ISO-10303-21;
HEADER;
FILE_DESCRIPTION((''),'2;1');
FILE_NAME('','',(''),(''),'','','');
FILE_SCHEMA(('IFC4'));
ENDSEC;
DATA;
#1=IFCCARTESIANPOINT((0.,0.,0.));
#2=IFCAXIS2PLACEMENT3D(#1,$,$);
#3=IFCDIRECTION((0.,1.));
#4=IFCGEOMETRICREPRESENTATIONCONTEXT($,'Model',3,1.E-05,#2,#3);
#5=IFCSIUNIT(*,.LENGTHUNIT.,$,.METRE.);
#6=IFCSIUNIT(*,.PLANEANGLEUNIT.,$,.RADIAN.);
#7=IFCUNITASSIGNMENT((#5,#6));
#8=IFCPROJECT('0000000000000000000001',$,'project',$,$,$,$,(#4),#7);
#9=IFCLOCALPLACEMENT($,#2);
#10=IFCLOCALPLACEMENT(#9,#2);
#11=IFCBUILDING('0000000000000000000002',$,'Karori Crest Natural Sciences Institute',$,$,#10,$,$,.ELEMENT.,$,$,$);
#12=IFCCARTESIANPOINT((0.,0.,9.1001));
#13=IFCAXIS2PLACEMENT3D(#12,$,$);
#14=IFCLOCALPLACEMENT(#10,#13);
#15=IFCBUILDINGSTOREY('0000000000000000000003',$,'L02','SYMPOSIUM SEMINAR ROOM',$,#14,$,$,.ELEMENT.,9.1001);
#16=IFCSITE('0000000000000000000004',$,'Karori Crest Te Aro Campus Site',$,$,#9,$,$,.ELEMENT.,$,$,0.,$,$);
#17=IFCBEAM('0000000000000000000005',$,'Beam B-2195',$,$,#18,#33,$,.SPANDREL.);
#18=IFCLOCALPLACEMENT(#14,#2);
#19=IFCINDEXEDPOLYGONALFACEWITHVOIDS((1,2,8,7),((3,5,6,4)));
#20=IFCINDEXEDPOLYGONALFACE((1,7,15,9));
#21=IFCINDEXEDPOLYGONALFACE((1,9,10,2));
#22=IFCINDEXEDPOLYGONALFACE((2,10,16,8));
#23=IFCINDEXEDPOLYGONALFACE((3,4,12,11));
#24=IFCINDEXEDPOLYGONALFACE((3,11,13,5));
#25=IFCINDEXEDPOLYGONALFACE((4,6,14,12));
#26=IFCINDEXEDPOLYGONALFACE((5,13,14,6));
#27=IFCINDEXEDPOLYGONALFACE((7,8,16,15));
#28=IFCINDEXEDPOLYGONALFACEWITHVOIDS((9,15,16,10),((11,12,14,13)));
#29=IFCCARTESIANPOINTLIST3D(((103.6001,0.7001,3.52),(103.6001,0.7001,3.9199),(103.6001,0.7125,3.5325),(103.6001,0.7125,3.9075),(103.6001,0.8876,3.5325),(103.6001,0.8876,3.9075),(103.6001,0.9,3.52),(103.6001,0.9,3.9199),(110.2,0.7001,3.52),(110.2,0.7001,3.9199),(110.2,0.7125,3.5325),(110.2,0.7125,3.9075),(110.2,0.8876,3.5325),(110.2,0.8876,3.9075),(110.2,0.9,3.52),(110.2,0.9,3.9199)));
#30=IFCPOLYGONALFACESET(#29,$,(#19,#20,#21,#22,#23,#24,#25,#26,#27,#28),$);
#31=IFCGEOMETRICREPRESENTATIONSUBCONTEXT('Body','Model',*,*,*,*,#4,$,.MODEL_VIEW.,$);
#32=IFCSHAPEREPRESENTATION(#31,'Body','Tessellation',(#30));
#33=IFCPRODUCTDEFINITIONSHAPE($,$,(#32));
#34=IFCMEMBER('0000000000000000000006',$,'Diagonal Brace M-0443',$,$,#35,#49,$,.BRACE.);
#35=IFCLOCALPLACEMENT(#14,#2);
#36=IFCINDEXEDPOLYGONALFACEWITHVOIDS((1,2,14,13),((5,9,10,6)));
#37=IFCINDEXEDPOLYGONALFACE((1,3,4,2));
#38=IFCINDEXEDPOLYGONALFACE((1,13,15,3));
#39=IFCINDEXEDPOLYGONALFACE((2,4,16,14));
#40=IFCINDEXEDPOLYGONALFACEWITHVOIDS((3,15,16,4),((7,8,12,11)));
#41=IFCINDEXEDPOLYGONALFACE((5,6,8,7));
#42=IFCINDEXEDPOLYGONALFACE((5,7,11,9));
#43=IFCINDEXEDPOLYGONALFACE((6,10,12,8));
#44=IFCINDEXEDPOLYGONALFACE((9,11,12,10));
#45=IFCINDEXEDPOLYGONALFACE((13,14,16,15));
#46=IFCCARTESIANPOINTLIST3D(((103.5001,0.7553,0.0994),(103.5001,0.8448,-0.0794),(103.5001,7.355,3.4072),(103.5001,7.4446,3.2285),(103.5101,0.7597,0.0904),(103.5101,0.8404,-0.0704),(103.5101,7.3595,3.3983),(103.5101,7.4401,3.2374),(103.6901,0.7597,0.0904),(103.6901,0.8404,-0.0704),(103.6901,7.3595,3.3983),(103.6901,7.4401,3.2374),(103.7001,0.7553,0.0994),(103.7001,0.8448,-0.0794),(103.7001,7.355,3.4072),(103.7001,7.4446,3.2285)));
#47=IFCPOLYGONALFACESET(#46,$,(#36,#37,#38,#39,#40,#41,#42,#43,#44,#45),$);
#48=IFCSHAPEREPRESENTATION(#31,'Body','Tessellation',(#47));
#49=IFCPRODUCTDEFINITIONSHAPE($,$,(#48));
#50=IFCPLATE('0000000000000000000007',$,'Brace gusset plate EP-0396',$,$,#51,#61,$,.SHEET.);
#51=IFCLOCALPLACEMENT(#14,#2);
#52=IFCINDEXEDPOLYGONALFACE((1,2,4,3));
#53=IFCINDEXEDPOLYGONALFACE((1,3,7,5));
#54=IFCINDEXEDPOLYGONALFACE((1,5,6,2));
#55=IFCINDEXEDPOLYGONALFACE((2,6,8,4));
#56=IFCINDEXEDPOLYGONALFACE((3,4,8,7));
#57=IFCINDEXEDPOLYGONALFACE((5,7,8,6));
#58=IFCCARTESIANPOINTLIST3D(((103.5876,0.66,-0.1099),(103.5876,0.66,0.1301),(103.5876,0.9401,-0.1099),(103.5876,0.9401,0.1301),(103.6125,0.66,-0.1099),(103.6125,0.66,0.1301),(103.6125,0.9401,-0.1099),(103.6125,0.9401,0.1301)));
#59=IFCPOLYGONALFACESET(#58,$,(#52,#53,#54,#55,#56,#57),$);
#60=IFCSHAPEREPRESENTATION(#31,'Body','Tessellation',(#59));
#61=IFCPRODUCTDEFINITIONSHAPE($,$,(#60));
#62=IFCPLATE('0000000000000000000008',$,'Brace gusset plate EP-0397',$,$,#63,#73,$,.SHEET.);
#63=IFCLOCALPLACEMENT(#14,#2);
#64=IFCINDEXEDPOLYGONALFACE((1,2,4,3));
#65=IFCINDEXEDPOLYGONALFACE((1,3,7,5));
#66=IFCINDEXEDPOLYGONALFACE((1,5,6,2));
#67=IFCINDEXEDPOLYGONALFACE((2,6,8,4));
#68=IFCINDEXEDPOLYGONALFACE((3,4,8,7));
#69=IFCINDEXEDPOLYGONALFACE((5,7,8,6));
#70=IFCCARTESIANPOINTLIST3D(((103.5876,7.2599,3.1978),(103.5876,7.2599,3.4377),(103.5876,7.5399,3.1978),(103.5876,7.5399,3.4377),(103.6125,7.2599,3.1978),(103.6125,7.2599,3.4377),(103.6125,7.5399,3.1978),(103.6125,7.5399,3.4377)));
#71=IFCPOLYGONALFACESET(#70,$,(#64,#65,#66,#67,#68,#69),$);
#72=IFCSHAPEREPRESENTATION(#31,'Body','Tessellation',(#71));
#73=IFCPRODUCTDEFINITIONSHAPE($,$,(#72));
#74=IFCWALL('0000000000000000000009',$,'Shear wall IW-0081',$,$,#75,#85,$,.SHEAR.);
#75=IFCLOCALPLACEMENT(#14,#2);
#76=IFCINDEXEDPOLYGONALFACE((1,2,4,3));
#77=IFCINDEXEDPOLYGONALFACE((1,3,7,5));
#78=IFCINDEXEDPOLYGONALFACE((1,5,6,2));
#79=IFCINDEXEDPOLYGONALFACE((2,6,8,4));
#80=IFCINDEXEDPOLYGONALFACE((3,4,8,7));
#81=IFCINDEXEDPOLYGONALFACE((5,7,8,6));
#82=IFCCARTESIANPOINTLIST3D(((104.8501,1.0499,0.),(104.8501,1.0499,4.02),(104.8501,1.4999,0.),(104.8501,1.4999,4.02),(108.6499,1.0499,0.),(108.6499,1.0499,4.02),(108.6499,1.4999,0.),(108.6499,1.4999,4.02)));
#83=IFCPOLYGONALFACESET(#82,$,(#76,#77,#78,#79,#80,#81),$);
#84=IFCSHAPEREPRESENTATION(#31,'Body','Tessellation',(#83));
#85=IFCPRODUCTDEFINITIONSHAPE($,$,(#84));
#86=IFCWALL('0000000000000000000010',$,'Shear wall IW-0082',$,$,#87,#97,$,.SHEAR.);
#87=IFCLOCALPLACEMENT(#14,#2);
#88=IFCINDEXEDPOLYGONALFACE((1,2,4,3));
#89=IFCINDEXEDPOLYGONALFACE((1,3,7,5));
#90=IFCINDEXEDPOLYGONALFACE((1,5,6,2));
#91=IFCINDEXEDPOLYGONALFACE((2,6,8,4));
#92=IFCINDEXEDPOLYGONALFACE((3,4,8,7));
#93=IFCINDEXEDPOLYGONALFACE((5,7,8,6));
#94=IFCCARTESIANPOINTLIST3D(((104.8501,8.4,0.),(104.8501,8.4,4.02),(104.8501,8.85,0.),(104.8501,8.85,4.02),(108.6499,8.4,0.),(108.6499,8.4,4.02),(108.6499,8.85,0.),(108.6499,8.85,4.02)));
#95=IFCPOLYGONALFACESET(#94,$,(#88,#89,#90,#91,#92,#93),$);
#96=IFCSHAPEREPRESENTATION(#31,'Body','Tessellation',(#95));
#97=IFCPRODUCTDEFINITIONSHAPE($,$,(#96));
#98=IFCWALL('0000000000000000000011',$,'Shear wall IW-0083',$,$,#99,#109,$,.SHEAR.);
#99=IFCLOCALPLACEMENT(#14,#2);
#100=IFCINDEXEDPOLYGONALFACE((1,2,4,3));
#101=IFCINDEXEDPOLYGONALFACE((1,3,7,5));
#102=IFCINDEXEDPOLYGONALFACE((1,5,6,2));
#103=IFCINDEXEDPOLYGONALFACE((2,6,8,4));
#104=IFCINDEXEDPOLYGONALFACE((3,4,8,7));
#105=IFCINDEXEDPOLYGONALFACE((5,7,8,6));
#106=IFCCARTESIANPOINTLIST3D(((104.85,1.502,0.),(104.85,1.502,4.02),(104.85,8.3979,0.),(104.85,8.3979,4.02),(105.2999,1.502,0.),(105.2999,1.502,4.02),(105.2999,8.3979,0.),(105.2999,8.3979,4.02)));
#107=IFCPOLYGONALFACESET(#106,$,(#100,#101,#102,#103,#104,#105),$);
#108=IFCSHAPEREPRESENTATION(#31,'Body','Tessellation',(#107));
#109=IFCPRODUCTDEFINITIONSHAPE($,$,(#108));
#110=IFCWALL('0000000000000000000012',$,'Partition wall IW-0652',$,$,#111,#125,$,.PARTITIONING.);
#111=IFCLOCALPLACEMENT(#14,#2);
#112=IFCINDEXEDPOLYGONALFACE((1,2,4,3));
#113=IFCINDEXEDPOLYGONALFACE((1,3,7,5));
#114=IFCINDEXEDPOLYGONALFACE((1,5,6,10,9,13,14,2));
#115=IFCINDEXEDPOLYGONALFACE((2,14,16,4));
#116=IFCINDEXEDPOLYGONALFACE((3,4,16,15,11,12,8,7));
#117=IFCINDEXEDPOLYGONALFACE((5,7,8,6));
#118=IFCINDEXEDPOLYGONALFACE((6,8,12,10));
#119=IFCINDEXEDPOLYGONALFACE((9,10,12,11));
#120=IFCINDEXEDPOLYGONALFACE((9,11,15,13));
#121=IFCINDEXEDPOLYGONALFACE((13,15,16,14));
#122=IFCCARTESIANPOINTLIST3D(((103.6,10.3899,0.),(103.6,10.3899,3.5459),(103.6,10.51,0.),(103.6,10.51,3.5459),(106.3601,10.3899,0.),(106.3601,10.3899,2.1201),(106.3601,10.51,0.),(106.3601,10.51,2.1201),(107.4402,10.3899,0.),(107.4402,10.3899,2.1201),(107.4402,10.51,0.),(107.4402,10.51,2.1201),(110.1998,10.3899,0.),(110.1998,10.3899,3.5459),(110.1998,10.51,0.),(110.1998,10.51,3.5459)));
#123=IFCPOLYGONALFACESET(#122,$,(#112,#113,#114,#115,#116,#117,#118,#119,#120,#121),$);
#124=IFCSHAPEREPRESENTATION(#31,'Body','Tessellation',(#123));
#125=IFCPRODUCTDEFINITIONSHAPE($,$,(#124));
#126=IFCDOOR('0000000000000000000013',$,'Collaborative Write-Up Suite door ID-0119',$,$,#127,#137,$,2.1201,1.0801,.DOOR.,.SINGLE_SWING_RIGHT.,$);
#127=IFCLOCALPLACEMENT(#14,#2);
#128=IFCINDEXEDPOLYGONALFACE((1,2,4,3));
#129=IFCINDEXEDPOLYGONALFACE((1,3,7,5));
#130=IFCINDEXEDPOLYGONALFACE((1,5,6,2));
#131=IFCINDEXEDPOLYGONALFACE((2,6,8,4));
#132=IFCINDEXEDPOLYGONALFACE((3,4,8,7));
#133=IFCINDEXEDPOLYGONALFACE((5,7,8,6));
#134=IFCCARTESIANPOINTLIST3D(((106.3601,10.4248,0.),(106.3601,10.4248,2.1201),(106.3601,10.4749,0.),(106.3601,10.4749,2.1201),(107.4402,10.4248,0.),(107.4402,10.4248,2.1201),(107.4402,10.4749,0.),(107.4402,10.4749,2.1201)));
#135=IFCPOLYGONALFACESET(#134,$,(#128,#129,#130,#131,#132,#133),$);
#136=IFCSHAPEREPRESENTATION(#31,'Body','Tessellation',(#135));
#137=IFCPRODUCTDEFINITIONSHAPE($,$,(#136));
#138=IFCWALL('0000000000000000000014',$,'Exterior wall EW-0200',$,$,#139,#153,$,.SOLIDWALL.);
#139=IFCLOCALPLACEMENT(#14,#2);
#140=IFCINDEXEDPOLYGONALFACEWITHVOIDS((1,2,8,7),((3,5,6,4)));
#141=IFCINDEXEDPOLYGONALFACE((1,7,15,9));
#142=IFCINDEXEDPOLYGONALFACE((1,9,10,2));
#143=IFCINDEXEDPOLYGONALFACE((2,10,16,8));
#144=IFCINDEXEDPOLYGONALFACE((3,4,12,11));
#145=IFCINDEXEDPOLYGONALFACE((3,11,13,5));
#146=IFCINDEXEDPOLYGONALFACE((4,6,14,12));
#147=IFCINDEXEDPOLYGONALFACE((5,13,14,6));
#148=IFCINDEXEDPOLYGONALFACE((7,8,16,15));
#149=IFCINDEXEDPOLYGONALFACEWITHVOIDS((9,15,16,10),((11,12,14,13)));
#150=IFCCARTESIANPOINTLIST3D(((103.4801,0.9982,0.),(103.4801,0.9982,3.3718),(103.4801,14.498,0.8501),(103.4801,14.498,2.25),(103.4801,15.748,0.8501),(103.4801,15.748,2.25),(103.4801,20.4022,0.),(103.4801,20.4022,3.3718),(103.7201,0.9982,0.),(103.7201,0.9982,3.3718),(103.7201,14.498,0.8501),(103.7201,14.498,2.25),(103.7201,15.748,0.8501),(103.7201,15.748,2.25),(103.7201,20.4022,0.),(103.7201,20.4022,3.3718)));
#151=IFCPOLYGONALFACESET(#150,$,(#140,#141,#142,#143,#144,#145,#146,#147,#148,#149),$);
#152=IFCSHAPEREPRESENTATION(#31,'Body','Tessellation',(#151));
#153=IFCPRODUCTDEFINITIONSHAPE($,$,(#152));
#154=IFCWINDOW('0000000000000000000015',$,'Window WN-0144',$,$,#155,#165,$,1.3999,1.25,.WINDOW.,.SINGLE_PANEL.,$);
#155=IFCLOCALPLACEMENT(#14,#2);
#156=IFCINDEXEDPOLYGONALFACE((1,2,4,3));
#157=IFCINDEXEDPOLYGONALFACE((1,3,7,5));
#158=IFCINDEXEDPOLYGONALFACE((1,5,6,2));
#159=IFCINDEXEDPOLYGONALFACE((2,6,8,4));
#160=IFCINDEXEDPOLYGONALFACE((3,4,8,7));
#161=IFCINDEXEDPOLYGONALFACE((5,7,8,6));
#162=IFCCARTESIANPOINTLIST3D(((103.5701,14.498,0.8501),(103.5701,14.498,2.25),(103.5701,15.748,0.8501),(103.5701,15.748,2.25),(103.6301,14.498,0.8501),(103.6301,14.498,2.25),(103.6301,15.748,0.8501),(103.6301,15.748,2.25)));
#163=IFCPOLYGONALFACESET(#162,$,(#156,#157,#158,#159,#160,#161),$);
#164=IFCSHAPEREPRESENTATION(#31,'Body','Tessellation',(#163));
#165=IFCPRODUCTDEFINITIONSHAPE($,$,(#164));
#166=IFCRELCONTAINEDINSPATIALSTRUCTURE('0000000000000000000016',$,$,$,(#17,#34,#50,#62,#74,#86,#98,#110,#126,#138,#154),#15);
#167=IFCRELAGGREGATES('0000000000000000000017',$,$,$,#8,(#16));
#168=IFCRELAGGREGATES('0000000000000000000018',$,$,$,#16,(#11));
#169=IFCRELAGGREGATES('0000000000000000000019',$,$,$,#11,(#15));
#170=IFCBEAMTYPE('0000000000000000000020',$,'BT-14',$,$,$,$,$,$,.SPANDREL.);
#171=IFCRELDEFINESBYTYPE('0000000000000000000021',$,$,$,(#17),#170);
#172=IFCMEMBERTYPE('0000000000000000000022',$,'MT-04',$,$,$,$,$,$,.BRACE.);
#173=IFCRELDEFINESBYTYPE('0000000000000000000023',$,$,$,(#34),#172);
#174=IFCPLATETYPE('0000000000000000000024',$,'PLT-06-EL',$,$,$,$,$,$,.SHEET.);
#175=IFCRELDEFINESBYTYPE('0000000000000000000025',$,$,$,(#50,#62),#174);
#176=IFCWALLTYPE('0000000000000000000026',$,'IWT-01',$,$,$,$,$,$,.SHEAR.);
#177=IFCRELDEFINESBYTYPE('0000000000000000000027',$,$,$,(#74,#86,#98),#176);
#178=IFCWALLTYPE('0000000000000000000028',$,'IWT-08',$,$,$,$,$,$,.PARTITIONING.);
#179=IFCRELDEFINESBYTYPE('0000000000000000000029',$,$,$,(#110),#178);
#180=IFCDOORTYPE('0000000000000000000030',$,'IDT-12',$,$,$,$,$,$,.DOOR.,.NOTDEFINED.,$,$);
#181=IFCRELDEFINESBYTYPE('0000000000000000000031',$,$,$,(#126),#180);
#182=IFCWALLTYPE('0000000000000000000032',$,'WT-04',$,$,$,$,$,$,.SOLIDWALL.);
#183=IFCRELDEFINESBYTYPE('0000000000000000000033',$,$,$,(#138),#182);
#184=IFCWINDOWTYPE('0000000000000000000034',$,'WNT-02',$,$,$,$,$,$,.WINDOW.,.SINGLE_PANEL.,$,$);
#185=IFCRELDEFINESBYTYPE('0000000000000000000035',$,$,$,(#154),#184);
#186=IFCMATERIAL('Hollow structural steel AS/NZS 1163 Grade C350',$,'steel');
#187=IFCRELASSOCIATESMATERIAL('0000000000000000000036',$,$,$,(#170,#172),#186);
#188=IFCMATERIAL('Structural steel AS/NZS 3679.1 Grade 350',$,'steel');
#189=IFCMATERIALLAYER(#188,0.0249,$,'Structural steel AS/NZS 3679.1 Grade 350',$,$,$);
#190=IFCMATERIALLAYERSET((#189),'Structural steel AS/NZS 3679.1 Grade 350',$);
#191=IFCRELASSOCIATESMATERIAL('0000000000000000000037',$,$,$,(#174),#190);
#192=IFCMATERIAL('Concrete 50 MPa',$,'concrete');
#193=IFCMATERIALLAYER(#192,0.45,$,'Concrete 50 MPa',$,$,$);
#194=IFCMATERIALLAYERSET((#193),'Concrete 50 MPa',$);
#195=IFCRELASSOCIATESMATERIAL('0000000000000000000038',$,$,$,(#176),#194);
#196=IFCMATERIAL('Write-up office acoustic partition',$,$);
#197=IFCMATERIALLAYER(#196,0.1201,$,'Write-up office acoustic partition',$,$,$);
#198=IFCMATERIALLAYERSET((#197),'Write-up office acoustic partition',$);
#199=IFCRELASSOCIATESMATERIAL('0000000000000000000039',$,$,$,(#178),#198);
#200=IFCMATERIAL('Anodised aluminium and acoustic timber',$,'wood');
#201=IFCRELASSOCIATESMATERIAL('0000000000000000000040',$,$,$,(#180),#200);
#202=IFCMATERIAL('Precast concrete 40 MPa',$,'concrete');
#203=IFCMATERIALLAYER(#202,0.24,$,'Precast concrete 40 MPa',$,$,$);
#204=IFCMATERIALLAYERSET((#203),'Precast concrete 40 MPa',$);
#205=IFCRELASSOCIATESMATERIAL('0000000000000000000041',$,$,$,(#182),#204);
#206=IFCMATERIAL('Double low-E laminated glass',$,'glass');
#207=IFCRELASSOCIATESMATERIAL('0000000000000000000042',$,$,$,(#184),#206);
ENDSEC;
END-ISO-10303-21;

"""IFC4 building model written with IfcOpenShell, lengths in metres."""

from ifc_helpers import new_model, si_unit, direction, frame, frame_2d, origin, origin_2d, place, context, subcontext, project, spatial, rectangle, hollow_rectangle, extrude, material, layer, layer_set, material_profile, profile_set, type_object, element, fill, save


model = new_model("IFC4")

# Units and contexts
model_context = context("Model", 3, precision=1e-05, world=origin(), true_north=direction((0.0, 1.0)))
body_context = subcontext(model_context, "Body", "Model", "MODEL_VIEW")
ifc_project = project(units=[si_unit("LENGTHUNIT", "METRE"), si_unit("PLANEANGLEUNIT", "RADIAN")], contexts=[model_context])

# Site, building, storey
site_placement = place(None, origin())
site = spatial("IfcSite", under=ifc_project, at=site_placement, Name="Karori Crest Te Aro Campus Site", CompositionType="ELEMENT", RefElevation=0.0)
building_placement = place(site_placement, origin())
building = spatial("IfcBuilding", under=site, at=building_placement, Name="Karori Crest Natural Sciences Institute", CompositionType="ELEMENT")
storey_placement = place(building_placement, frame((0.0, 0.0, 9.1001)))
storey = spatial("IfcBuildingStorey", under=building, at=storey_placement, Name="L02", Description="SYMPOSIUM SEMINAR ROOM", CompositionType="ELEMENT", Elevation=9.1001)

# Shared definitions
ifc_material_1 = material(Name="Structural steel AS/NZS 3679.1 Grade 350", Category="steel")

# Beam
ifc_material_2 = material(Name="Hollow structural steel AS/NZS 1163 Grade C350", Category="steel")
ifc_material_profile_1 = material_profile(ifc_material_2, hollow_rectangle(XDim=0.2, YDim=0.3999, WallThickness=0.0125, at=origin_2d()), Name="RHS400x200x12.5")
ifc_profile_set_1 = profile_set([ifc_material_profile_1], Name="Hollow structural steel AS/NZS 1163 Grade C350")
beam_type_1 = type_object("IfcBeamType", Name="BT-14", PredefinedType="SPANDREL", material=ifc_profile_set_1)
beam_1_placement = place(storey_placement, frame((103.6001, 0.8, 3.72), z_axis=(1.0, 0.0, 0.0), x_axis=(0.0, 1.0, 0.0)))
element("IfcBeam", 1, at=beam_1_placement, inside=storey, type_object=beam_type_1, Name="Beam B-2195", PredefinedType="SPANDREL", context=body_context, shape_type="SweptSolid", body=[
    extrude(hollow_rectangle(XDim=0.2, YDim=0.3999, WallThickness=0.0125, at=origin_2d()), origin(), (0.0, 0.0, 1.0), 6.5999),
])

# Member
ifc_material_profile_2 = material_profile(ifc_material_2, hollow_rectangle(XDim=0.2, YDim=0.2, WallThickness=0.01, at=origin_2d()), Name="SHS200x200x10")
ifc_profile_set_2 = profile_set([ifc_material_profile_2], Name="Hollow structural steel AS/NZS 1163 Grade C350")
member_type = type_object("IfcMemberType", Name="MT-04", PredefinedType="BRACE", material=ifc_profile_set_2)
member_placement = place(storey_placement, frame((103.6001, 0.8, 0.01), z_axis=(0.0, 0.893997, 0.448073), x_axis=(-1.0, 0.0, 0.0)))
element("IfcMember", 2, at=member_placement, inside=storey, type_object=member_type, Name="Diagonal Brace M-0443", PredefinedType="BRACE", context=body_context, shape_type="SweptSolid", body=[
    extrude(hollow_rectangle(XDim=0.2, YDim=0.2, WallThickness=0.01, at=origin_2d()), origin(), (0.0, 0.0, 1.0), 7.3823),
])

# Plates
ifc_layer_1 = layer(ifc_material_1, 0.0249, Name="Structural steel AS/NZS 3679.1 Grade 350")
ifc_layer_set_1 = layer_set([ifc_layer_1], Name="Structural steel AS/NZS 3679.1 Grade 350")
plate_type = type_object("IfcPlateType", Name="PLT-06-EL", PredefinedType="SHEET", material=ifc_layer_set_1)
for number, where, z_axis, x_axis, name in (
    (3, (103.6001, 0.8, -0.1099), (0.0, 0.0, 1.0), (0.0, 1.0, 0.0), "Brace gusset plate EP-0396"),
    (4, (103.6001, 7.3999, 3.1978), (0.0, 0.0, 1.0), (0.0, 1.0, 0.0), "Brace gusset plate EP-0397"),
):
    element("IfcPlate", number, at=place(storey_placement, frame(where, z_axis=z_axis, x_axis=x_axis)), inside=storey, type_object=plate_type, Name=name, PredefinedType="SHEET", context=body_context, shape_type="SweptSolid", body=[
        extrude(rectangle(XDim=0.28, YDim=0.0249, at=origin_2d()), origin(), (0.0, 0.0, 1.0), 0.24),
    ])

# Walls
ifc_material_3 = material(Name="Concrete 50 MPa", Category="concrete")
ifc_layer_2 = layer(ifc_material_3, 0.45, Name="Concrete 50 MPa")
ifc_layer_set_2 = layer_set([ifc_layer_2], Name="Concrete 50 MPa")
wall_type_1 = type_object("IfcWallType", Name="IWT-01", PredefinedType="SHEAR", material=ifc_layer_set_2)
for number, where, z_axis, x_axis, name in (
    (5, (104.8501, 1.2749, 0.0), (0.0, 0.0, 1.0), (1.0, 0.0, 0.0), "Shear wall IW-0081"),
    (6, (104.8501, 8.625, 0.0), (0.0, 0.0, 1.0), (1.0, 0.0, 0.0), "Shear wall IW-0082"),
):
    element("IfcWall", number, at=place(storey_placement, frame(where, z_axis=z_axis, x_axis=x_axis)), inside=storey, type_object=wall_type_1, Name=name, PredefinedType="SHEAR", context=body_context, shape_type="SweptSolid", body=[
        extrude(rectangle(XDim=3.7998, YDim=0.45, at=frame_2d((1.8999, 0.0))), origin(), (0.0, 0.0, 1.0), 4.02),
    ])
wall_1_placement = place(storey_placement, frame((105.075, 1.502, 0.0), z_axis=(0.0, 0.0, 1.0), x_axis=(0.0, 1.0, 0.0)))
element("IfcWall", 7, at=wall_1_placement, inside=storey, type_object=wall_type_1, Name="Shear wall IW-0083", PredefinedType="SHEAR", context=body_context, shape_type="SweptSolid", body=[
    extrude(rectangle(XDim=6.896, YDim=0.45, at=frame_2d((3.448, 0.0))), origin(), (0.0, 0.0, 1.0), 4.02),
])

# Wall, opening, door
ifc_material_4 = material(Name="Write-up office acoustic partition")
ifc_layer_3 = layer(ifc_material_4, 0.1201, Name="Write-up office acoustic partition")
ifc_layer_set_3 = layer_set([ifc_layer_3], Name="Write-up office acoustic partition")
wall_type_2 = type_object("IfcWallType", Name="IWT-08", PredefinedType="PARTITIONING", material=ifc_layer_set_3)
wall_2_placement = place(storey_placement, frame((103.6001, 10.45, 0.0), z_axis=(0.0, 0.0, 1.0), x_axis=(1.0, 0.0, 0.0)))
wall_2 = element("IfcWall", 8, at=wall_2_placement, inside=storey, type_object=wall_type_2, Name="Partition wall IW-0652", PredefinedType="PARTITIONING", context=body_context, shape_type="SweptSolid", body=[
    extrude(rectangle(XDim=6.5999, YDim=0.1201, at=frame_2d((3.2998, 0.0))), origin(), (0.0, 0.0, 1.0), 3.5459),
])
opening_1_placement = place(wall_2_placement, frame((2.76, 0.0, 0.0)))
opening_1 = element("IfcOpeningElement", 9, at=opening_1_placement, cuts=wall_2, PredefinedType="OPENING", context=body_context, shape_type="SweptSolid", body=[
    extrude(rectangle(XDim=1.0801, YDim=2.1201, at=frame_2d((0.54, 1.0601))), frame((0.0, 0.0701, 0.0), z_axis=(0.0, -1.0, 0.0), x_axis=(1.0, 0.0, 0.0)), (0.0, 0.0, 1.0), 0.1401),
])
ifc_material_5 = material(Name="Anodised aluminium and acoustic timber", Category="wood")
door_type = type_object("IfcDoorType", Name="IDT-12", OperationType="NOTDEFINED", PredefinedType="DOOR", material=ifc_material_5)
door_placement = place(opening_1_placement, origin())
door = element("IfcDoor", 10, at=door_placement, inside=storey, type_object=door_type, Name="Collaborative Write-Up Suite door ID-0119", OperationType="SINGLE_SWING_RIGHT", OverallHeight=2.1201, OverallWidth=1.0801, PredefinedType="DOOR", context=body_context, shape_type="SweptSolid", body=[
    extrude(rectangle(XDim=1.0801, YDim=2.1201, at=frame_2d((0.54, 1.0601))), frame((0.0, 0.0249, 0.0), z_axis=(0.0, -1.0, 0.0), x_axis=(1.0, 0.0, 0.0)), (0.0, 0.0, 1.0), 0.05),
])
fill(opening_1, door)

# Wall, opening, window
ifc_material_6 = material(Name="Precast concrete 40 MPa", Category="concrete")
ifc_layer_4 = layer(ifc_material_6, 0.24, Name="Precast concrete 40 MPa")
ifc_layer_set_4 = layer_set([ifc_layer_4], Name="Precast concrete 40 MPa")
wall_type_3 = type_object("IfcWallType", Name="WT-04", PredefinedType="SOLIDWALL", material=ifc_layer_set_4)
wall_3_placement = place(storey_placement, frame((103.6001, 0.998, 0.0), z_axis=(0.0, 0.0, 1.0), x_axis=(0.0, 1.0, 0.0)))
wall_3 = element("IfcWall", 11, at=wall_3_placement, inside=storey, type_object=wall_type_3, Name="Exterior wall EW-0200", PredefinedType="SOLIDWALL", context=body_context, shape_type="SweptSolid", body=[
    extrude(rectangle(XDim=19.4041, YDim=0.24, at=frame_2d((9.7021, 0.0))), origin(), (0.0, 0.0, 1.0), 3.3718),
])
opening_2_placement = place(wall_3_placement, frame((13.5, 0.0, 0.8501)))
opening_2 = element("IfcOpeningElement", 12, at=opening_2_placement, cuts=wall_3, PredefinedType="OPENING", context=body_context, shape_type="SweptSolid", body=[
    extrude(rectangle(XDim=1.25, YDim=1.3999, at=frame_2d((0.625, 0.7))), frame((0.0, 0.1299, 0.0), z_axis=(0.0, -1.0, 0.0), x_axis=(1.0, 0.0, 0.0)), (0.0, 0.0, 1.0), 0.26),
])
ifc_material_7 = material(Name="Double low-E laminated glass", Category="glass")
window_type = type_object("IfcWindowType", Name="WNT-02", PartitioningType="SINGLE_PANEL", PredefinedType="WINDOW", material=ifc_material_7)
window_placement = place(opening_2_placement, origin())
window = element("IfcWindow", 13, at=window_placement, inside=storey, type_object=window_type, Name="Window WN-0144", OverallHeight=1.3999, OverallWidth=1.25, PartitioningType="SINGLE_PANEL", PredefinedType="WINDOW", context=body_context, shape_type="SweptSolid", body=[
    extrude(rectangle(XDim=1.25, YDim=1.3999, at=frame_2d((0.625, 0.7))), frame((0.0, 0.03, 0.0), z_axis=(0.0, -1.0, 0.0), x_axis=(1.0, 0.0, 0.0)), (0.0, 0.0, 1.0), 0.0601),
])
fill(opening_2, window)

save(model, "model.ifc")
